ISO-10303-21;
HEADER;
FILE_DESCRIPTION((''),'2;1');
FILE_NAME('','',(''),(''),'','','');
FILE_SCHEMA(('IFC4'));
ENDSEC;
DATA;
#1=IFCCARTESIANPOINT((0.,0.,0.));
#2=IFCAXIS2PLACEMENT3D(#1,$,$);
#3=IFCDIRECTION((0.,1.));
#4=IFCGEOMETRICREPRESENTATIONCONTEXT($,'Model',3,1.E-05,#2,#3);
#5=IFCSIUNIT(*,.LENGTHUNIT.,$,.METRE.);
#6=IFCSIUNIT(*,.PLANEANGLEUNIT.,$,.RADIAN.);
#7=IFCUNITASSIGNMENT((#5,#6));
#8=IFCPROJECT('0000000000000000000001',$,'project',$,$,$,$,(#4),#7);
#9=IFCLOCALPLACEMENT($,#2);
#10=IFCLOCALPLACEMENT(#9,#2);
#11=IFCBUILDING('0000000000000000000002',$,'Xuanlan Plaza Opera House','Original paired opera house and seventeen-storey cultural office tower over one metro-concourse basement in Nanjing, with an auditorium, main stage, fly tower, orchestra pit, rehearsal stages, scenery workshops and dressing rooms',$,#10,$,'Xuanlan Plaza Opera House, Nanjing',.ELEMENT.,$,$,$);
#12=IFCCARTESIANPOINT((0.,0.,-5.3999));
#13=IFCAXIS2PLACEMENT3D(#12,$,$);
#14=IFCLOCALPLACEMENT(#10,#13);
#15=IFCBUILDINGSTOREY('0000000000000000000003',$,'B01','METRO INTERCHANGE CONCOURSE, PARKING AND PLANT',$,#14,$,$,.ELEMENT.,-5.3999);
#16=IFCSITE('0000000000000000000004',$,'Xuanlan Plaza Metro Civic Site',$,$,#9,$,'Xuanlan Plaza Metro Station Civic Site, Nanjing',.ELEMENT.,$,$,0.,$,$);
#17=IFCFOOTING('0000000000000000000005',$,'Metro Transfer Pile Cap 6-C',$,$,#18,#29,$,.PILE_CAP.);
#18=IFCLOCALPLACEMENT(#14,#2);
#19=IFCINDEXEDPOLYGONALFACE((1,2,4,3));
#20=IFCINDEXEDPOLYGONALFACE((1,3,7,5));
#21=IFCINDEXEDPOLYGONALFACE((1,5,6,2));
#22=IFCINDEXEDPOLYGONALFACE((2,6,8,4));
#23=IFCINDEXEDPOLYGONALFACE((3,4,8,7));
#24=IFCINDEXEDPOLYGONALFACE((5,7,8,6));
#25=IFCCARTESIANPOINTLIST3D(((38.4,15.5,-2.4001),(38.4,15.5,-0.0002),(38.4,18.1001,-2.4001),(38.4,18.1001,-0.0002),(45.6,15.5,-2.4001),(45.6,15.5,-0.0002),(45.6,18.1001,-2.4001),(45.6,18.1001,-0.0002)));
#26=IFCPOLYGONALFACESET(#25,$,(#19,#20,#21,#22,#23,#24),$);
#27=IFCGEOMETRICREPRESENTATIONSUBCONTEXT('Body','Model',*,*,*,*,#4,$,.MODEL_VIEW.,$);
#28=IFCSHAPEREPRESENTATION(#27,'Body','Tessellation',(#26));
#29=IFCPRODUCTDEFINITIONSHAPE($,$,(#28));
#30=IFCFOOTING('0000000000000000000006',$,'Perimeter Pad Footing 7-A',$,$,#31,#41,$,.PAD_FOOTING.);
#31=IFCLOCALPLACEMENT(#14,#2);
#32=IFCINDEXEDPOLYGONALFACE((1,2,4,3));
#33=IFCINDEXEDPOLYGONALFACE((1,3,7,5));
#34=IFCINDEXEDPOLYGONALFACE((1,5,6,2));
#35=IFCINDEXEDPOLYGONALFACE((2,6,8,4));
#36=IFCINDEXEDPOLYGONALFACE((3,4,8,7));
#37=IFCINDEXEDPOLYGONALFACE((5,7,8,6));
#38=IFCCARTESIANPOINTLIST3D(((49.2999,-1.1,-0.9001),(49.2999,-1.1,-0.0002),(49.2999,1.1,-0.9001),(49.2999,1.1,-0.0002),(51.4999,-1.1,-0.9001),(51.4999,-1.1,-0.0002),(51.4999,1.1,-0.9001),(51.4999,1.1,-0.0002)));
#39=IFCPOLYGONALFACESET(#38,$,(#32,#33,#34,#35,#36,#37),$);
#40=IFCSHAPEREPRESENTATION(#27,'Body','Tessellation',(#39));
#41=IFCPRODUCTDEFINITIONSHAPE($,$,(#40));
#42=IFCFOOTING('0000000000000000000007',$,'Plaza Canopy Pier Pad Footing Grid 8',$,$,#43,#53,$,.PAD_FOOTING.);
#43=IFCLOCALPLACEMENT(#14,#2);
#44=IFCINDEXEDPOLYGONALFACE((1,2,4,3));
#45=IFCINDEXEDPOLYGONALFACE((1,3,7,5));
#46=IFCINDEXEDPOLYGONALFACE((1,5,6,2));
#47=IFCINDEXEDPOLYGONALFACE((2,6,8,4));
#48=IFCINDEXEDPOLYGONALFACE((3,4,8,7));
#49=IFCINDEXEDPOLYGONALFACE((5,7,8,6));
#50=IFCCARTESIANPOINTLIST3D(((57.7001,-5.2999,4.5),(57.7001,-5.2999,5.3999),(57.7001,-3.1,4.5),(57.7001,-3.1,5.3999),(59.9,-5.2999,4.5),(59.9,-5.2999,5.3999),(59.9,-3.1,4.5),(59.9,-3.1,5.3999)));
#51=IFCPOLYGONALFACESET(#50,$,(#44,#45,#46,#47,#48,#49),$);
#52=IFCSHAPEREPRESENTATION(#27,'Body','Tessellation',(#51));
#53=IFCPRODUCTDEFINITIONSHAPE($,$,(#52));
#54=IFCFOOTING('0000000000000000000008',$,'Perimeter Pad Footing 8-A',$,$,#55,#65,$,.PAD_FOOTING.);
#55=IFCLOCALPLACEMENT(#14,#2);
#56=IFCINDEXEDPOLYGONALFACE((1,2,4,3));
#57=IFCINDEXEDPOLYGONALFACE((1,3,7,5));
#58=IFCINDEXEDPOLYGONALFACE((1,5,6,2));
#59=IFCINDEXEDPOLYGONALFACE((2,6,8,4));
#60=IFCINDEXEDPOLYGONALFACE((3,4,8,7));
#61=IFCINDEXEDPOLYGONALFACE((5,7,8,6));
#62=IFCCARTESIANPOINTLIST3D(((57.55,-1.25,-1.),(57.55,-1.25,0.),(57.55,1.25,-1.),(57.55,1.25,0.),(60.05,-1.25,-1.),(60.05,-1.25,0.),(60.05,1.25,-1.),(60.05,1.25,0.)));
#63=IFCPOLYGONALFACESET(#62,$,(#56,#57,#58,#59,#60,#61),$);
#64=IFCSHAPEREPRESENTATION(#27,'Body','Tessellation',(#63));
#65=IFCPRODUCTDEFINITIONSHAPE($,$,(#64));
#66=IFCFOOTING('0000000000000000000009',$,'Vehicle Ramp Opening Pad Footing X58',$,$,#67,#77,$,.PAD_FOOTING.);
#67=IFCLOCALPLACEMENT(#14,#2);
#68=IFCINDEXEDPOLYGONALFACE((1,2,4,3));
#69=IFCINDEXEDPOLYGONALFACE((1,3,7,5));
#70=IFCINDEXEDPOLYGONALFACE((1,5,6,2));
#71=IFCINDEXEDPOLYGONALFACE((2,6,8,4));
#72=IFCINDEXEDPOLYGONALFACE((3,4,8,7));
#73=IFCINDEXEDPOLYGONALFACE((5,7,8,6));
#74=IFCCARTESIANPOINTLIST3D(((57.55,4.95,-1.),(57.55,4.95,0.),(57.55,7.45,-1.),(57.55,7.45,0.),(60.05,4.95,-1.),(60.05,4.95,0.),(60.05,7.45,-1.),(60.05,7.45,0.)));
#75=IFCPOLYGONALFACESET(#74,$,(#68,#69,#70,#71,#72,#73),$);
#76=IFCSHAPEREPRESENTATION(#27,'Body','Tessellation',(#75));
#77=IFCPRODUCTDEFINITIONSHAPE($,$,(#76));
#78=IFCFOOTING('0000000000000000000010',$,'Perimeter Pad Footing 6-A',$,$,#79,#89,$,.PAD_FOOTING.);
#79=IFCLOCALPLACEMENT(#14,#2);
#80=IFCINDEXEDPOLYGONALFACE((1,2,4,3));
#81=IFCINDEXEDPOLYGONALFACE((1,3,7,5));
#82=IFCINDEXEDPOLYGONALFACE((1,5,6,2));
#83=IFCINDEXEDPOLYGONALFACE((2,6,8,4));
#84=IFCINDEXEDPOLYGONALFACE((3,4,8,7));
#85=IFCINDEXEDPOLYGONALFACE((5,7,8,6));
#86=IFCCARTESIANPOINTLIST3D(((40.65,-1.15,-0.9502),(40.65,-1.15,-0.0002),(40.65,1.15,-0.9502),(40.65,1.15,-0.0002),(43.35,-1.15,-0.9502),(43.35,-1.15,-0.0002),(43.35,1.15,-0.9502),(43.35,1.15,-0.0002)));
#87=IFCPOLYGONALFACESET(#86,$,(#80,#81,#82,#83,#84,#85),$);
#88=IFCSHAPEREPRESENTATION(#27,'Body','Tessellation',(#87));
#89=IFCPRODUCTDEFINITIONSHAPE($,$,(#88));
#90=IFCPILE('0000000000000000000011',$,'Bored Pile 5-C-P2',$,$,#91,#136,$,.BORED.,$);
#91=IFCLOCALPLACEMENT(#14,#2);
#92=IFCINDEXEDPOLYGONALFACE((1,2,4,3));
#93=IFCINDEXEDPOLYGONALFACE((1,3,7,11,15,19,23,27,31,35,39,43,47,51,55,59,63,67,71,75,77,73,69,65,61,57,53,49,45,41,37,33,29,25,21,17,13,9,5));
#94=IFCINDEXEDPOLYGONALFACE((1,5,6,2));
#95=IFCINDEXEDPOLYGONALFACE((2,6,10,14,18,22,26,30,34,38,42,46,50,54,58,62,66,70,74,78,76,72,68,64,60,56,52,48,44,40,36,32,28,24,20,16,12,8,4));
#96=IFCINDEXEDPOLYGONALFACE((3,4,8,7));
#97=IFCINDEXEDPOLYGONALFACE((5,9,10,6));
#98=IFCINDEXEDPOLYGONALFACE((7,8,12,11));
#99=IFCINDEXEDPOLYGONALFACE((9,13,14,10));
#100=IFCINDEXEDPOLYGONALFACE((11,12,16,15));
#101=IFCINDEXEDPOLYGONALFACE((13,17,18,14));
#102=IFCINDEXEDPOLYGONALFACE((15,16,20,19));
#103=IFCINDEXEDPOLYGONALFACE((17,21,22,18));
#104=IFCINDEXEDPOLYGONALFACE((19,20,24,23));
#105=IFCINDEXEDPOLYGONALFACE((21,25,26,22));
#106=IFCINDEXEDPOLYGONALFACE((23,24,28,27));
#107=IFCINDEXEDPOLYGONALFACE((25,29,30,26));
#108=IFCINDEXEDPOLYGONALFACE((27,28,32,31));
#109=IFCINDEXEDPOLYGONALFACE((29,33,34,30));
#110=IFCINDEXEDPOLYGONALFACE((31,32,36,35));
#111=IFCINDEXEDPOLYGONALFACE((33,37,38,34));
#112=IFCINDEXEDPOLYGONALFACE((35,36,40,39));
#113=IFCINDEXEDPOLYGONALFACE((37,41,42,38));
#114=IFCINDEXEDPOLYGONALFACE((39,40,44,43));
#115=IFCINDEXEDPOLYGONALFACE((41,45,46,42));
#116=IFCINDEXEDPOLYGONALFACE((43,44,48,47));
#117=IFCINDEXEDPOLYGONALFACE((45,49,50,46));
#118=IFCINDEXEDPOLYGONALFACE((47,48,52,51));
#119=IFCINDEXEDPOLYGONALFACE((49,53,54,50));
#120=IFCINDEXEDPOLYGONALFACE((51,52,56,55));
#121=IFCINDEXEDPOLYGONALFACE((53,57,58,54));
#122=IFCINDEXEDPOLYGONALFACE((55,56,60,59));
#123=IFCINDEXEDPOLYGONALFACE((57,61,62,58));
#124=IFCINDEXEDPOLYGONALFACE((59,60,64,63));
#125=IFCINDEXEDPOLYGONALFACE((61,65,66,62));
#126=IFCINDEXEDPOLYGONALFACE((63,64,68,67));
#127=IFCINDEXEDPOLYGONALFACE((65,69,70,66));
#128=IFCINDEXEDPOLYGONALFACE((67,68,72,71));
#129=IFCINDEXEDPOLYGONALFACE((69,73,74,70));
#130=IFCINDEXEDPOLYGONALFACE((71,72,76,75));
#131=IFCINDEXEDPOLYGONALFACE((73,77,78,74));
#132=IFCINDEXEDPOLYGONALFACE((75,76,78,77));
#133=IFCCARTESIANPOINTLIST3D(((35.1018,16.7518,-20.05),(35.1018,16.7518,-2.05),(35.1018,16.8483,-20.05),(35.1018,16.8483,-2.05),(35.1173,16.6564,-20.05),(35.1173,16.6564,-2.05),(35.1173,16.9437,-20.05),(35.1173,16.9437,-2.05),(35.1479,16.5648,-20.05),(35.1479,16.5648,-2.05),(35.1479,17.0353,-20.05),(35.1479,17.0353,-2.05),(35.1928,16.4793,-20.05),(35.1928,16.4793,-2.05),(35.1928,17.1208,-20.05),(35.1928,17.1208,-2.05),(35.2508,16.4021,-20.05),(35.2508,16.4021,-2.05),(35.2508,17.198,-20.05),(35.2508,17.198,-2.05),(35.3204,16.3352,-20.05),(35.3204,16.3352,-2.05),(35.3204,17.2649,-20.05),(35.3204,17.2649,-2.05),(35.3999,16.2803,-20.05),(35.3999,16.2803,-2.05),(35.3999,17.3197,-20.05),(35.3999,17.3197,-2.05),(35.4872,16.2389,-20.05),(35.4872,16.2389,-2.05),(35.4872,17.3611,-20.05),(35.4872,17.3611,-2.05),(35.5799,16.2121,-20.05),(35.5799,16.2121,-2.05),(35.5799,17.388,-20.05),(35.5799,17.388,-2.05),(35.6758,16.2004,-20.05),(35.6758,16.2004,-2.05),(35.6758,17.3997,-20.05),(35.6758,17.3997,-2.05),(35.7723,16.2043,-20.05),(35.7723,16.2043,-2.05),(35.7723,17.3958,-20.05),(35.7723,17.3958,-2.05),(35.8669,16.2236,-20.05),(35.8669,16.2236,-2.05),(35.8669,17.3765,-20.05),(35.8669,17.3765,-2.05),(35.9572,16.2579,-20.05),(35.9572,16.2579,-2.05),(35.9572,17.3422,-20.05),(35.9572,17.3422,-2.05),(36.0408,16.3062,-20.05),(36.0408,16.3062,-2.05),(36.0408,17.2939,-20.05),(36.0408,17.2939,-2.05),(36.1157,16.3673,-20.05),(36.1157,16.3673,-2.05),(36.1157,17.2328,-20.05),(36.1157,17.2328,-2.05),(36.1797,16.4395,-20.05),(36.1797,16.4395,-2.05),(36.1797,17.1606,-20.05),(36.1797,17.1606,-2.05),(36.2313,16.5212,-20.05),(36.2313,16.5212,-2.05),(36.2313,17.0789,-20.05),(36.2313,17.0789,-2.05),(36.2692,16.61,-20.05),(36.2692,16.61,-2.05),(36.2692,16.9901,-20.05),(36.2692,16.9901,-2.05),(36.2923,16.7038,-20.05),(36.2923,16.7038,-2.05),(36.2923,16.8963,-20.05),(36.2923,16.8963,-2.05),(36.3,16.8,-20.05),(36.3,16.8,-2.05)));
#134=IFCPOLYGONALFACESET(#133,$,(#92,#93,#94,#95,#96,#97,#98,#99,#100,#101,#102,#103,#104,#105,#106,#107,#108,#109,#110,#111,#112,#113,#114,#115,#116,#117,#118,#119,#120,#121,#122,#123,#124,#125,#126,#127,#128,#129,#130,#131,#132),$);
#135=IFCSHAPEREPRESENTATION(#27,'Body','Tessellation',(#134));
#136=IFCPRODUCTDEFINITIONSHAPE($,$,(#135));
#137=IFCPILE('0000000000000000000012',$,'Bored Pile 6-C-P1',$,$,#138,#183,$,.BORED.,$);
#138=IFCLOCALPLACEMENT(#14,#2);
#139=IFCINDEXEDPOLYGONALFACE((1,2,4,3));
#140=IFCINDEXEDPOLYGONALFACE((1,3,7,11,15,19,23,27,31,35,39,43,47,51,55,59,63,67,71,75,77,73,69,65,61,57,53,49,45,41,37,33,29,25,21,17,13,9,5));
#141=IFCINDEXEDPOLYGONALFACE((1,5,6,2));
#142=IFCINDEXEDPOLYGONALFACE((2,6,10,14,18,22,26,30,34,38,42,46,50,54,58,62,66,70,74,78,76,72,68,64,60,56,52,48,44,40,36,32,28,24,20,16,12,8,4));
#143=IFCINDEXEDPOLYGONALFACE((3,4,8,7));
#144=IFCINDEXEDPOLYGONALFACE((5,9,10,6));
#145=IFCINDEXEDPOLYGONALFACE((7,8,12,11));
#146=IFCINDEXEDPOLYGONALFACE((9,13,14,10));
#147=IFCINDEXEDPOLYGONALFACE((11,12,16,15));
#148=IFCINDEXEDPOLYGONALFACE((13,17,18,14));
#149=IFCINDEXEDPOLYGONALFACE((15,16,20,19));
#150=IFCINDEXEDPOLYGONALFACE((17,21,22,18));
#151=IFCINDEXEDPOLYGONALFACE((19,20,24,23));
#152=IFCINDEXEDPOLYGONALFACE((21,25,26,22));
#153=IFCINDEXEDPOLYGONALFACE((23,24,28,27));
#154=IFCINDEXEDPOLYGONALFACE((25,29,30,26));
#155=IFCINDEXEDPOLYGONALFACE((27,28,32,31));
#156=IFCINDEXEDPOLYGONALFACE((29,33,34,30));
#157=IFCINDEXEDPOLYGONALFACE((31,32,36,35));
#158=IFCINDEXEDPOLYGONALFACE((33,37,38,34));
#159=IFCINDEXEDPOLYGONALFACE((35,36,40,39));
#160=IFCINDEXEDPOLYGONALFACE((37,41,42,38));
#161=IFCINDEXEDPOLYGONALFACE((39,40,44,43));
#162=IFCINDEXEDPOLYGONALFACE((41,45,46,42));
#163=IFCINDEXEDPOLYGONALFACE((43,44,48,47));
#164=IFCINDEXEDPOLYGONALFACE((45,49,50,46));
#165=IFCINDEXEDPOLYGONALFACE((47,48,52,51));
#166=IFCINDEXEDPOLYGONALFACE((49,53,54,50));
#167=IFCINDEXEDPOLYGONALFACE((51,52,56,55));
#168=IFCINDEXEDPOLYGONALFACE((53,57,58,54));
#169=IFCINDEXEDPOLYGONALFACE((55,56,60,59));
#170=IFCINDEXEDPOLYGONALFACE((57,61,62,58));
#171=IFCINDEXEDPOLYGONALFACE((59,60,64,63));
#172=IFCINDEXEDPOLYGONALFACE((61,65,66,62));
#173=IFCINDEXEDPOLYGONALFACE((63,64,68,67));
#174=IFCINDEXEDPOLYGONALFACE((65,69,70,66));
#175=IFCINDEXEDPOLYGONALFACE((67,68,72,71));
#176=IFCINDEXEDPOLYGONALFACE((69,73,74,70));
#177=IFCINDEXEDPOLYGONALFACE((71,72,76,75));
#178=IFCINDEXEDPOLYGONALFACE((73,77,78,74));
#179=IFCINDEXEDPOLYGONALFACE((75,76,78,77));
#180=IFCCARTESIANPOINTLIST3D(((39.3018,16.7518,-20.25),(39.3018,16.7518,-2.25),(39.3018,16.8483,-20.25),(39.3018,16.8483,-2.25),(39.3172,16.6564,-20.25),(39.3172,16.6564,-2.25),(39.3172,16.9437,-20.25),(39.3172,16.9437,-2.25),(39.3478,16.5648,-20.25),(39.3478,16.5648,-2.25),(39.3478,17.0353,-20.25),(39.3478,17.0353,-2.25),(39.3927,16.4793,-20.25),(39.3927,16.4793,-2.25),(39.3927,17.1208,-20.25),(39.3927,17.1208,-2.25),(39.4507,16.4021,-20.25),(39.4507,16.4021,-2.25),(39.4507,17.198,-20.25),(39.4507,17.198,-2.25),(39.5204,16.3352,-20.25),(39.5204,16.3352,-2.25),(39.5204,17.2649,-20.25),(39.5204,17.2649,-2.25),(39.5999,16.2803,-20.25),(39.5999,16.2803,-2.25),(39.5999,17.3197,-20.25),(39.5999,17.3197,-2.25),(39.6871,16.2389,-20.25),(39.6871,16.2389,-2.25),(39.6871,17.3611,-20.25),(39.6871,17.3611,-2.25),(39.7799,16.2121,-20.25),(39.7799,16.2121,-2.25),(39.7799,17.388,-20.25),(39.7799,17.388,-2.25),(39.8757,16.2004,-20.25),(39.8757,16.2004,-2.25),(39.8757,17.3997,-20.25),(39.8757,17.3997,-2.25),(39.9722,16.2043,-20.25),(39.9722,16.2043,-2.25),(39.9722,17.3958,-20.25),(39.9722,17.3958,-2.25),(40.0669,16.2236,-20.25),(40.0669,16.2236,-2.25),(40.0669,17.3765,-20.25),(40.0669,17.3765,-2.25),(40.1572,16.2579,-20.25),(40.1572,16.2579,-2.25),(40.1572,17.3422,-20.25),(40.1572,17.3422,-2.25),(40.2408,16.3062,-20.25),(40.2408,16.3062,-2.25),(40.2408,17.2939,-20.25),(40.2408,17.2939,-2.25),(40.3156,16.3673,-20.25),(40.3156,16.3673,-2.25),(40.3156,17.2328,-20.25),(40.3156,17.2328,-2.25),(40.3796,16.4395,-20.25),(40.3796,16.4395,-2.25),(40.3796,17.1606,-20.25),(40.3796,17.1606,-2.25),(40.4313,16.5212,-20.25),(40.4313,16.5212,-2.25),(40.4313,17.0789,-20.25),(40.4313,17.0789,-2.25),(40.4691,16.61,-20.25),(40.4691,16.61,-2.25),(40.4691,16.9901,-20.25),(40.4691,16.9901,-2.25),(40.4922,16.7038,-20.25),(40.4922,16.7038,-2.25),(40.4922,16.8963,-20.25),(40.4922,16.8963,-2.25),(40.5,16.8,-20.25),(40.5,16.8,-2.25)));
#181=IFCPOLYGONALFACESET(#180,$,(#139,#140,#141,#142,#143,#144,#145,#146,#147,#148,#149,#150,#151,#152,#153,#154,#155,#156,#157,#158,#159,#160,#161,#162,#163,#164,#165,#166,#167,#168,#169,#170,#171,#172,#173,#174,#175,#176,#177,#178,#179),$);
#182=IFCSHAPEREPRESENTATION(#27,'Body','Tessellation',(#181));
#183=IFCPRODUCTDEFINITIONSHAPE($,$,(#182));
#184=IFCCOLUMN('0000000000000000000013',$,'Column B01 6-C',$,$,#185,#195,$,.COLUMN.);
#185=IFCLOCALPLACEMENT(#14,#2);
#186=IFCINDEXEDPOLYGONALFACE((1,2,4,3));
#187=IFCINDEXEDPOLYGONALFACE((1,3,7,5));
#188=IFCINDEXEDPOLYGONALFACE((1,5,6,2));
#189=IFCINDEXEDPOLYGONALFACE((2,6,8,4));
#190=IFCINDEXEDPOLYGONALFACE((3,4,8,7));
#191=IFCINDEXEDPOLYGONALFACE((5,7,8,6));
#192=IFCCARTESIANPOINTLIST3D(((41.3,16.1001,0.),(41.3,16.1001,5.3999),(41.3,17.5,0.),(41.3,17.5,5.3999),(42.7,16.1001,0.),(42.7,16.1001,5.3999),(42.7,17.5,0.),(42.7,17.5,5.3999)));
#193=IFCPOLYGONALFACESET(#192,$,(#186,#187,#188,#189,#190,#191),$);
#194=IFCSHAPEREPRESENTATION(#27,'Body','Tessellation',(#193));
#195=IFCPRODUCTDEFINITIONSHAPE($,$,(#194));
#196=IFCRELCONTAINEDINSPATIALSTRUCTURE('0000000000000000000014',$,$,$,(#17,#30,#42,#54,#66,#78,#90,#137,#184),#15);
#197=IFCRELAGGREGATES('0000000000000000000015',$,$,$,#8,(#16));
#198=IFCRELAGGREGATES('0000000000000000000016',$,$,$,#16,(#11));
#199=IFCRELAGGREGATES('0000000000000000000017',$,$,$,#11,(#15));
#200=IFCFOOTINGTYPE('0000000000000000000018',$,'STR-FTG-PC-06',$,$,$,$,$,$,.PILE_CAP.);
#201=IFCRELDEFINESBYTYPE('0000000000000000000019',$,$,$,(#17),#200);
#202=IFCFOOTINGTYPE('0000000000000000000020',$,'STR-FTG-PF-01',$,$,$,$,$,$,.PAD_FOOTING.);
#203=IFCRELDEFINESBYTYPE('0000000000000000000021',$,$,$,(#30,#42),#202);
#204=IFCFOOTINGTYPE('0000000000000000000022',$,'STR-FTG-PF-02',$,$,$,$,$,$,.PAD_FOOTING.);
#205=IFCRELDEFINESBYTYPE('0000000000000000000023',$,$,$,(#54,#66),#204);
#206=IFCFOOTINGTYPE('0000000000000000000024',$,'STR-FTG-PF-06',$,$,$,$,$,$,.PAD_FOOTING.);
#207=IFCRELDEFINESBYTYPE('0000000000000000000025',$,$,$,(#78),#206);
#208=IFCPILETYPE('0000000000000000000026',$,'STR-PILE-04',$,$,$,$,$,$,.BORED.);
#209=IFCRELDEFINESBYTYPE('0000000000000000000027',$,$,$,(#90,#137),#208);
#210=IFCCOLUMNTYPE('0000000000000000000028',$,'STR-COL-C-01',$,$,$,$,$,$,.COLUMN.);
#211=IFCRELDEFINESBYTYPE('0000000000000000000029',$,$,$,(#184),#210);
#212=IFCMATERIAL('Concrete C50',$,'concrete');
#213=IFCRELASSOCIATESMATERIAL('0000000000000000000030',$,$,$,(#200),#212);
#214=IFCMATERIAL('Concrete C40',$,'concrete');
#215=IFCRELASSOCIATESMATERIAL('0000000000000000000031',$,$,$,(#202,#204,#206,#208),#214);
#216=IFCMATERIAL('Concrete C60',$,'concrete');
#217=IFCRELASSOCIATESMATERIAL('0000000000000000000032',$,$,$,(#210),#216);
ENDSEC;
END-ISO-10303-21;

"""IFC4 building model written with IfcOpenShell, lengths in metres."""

from ifc_helpers import new_model, si_unit, direction, frame, origin, origin_2d, place, context, subcontext, project, spatial, rectangle, circle, extrude, material, material_profile, profile_set, type_object, element, save


model = new_model("IFC4")

# Units and contexts
model_context = context("Model", 3, precision=1e-05, world=origin(), true_north=direction((0.0, 1.0)))
body_context = subcontext(model_context, "Body", "Model", "MODEL_VIEW")
ifc_project = project(units=[si_unit("LENGTHUNIT", "METRE"), si_unit("PLANEANGLEUNIT", "RADIAN")], contexts=[model_context])

# Site, building, storey
site_placement = place(None, origin())
site = spatial("IfcSite", under=ifc_project, at=site_placement, Name="Xuanlan Plaza Metro Civic Site", LongName="Xuanlan Plaza Metro Station Civic Site, Nanjing", CompositionType="ELEMENT", RefElevation=0.0)
building_placement = place(site_placement, origin())
building = spatial("IfcBuilding", under=site, at=building_placement, Name="Xuanlan Plaza Opera House", Description="Original paired opera house and seventeen-storey cultural office tower over one metro-concourse basement in Nanjing, with an auditorium, main stage, fly tower, orchestra pit, rehearsal stages, scenery workshops and dressing rooms", LongName="Xuanlan Plaza Opera House, Nanjing", CompositionType="ELEMENT")
storey_placement = place(building_placement, frame((0.0, 0.0, -5.3999)))
storey = spatial("IfcBuildingStorey", under=building, at=storey_placement, Name="B01", Description="METRO INTERCHANGE CONCOURSE, PARKING AND PLANT", CompositionType="ELEMENT", Elevation=-5.3999)

# Footings
ifc_material_1 = material(Name="Concrete C50", Category="concrete")
footing_type_1 = type_object("IfcFootingType", Name="STR-FTG-PC-06", PredefinedType="PILE_CAP", material=ifc_material_1)
footing_1_placement = place(storey_placement, frame((42.0, 16.8, -2.4001), z_axis=(0.0, 0.0, 1.0), x_axis=(1.0, 0.0, 0.0)))
element("IfcFooting", 1, at=footing_1_placement, inside=storey, type_object=footing_type_1, Name="Metro Transfer Pile Cap 6-C", PredefinedType="PILE_CAP", context=body_context, shape_type="SweptSolid", body=[
    extrude(rectangle(XDim=7.2, YDim=2.6001, at=origin_2d()), origin(), (0.0, 0.0, 1.0), 2.3999),
])
ifc_material_2 = material(Name="Concrete C40", Category="concrete")
footing_type_2 = type_object("IfcFootingType", Name="STR-FTG-PF-01", PredefinedType="PAD_FOOTING", material=ifc_material_2)
for number, where, z_axis, x_axis, name in (
    (2, (50.3999, 0.0, -0.9001), (0.0, 0.0, 1.0), (1.0, 0.0, 0.0), "Perimeter Pad Footing 7-A"),
    (3, (58.8, -4.2, 4.5), (0.0, 0.0, 1.0), (1.0, 0.0, 0.0), "Plaza Canopy Pier Pad Footing Grid 8"),
):
    element("IfcFooting", number, at=place(storey_placement, frame(where, z_axis=z_axis, x_axis=x_axis)), inside=storey, type_object=footing_type_2, Name=name, PredefinedType="PAD_FOOTING", context=body_context, shape_type="SweptSolid", body=[
        extrude(rectangle(XDim=2.2, YDim=2.2, at=origin_2d()), origin(), (0.0, 0.0, 1.0), 0.8999),
    ])
footing_type_3 = type_object("IfcFootingType", Name="STR-FTG-PF-02", PredefinedType="PAD_FOOTING", material=ifc_material_2)
for number, where, z_axis, x_axis, name in (
    (4, (58.8, 0.0, -1.0), (0.0, 0.0, 1.0), (1.0, 0.0, 0.0), "Perimeter Pad Footing 8-A"),
    (5, (58.8, 6.2, -1.0), (0.0, 0.0, 1.0), (1.0, 0.0, 0.0), "Vehicle Ramp Opening Pad Footing X58"),
):
    element("IfcFooting", number, at=place(storey_placement, frame(where, z_axis=z_axis, x_axis=x_axis)), inside=storey, type_object=footing_type_3, Name=name, PredefinedType="PAD_FOOTING", context=body_context, shape_type="SweptSolid", body=[
        extrude(rectangle(XDim=2.5, YDim=2.5, at=origin_2d()), origin(), (0.0, 0.0, 1.0), 1.0),
    ])
footing_type_4 = type_object("IfcFootingType", Name="STR-FTG-PF-06", PredefinedType="PAD_FOOTING", material=ifc_material_2)
footing_2_placement = place(storey_placement, frame((42.0, 0.0, -0.9502), z_axis=(0.0, 0.0, 1.0), x_axis=(1.0, 0.0, 0.0)))
element("IfcFooting", 6, at=footing_2_placement, inside=storey, type_object=footing_type_4, Name="Perimeter Pad Footing 6-A", PredefinedType="PAD_FOOTING", context=body_context, shape_type="SweptSolid", body=[
    extrude(rectangle(XDim=2.7, YDim=2.3, at=origin_2d()), origin(), (0.0, 0.0, 1.0), 0.95),
])

# Piles
ifc_material_profile_1 = material_profile(ifc_material_2, circle(Radius=0.6001, at=origin_2d()), Name="PILE D1200")
ifc_profile_set_1 = profile_set([ifc_material_profile_1], Name="Concrete C40")
pile_type = type_object("IfcPileType", Name="STR-PILE-04", PredefinedType="BORED", material=ifc_profile_set_1)
for number, where, z_axis, x_axis, name in (
    (7, (35.7, 16.8, -2.05), (0.0, 0.0, -1.0), (1.0, 0.0, 0.0), "Bored Pile 5-C-P2"),
    (8, (39.8999, 16.8, -2.25), (0.0, 0.0, -1.0), (1.0, 0.0, 0.0), "Bored Pile 6-C-P1"),
):
    element("IfcPile", number, at=place(storey_placement, frame(where, z_axis=z_axis, x_axis=x_axis)), inside=storey, type_object=pile_type, Name=name, PredefinedType="BORED", context=body_context, shape_type="SweptSolid", body=[
        extrude(circle(Radius=0.6001, at=origin_2d()), origin(), (0.0, 0.0, 1.0), 18.0),
    ])

# Column
ifc_material_3 = material(Name="Concrete C60", Category="concrete")
ifc_material_profile_2 = material_profile(ifc_material_3, rectangle(XDim=1.3999, YDim=1.3999, at=origin_2d()), Name="RC-COL 1400x1400")
ifc_profile_set_2 = profile_set([ifc_material_profile_2], Name="Concrete C60")
column_type_1 = type_object("IfcColumnType", Name="STR-COL-C-01", PredefinedType="COLUMN", material=ifc_profile_set_2)
column_1_placement = place(storey_placement, frame((42.0, 16.8, 0.0), z_axis=(0.0, 0.0, 1.0), x_axis=(1.0, 0.0, 0.0)))
element("IfcColumn", 9, at=column_1_placement, inside=storey, type_object=column_type_1, Name="Column B01 6-C", PredefinedType="COLUMN", context=body_context, shape_type="SweptSolid", body=[
    extrude(rectangle(XDim=1.3999, YDim=1.3999, at=origin_2d()), origin(), (0.0, 0.0, 1.0), 5.3999),
])

save(model, "model.ifc")
